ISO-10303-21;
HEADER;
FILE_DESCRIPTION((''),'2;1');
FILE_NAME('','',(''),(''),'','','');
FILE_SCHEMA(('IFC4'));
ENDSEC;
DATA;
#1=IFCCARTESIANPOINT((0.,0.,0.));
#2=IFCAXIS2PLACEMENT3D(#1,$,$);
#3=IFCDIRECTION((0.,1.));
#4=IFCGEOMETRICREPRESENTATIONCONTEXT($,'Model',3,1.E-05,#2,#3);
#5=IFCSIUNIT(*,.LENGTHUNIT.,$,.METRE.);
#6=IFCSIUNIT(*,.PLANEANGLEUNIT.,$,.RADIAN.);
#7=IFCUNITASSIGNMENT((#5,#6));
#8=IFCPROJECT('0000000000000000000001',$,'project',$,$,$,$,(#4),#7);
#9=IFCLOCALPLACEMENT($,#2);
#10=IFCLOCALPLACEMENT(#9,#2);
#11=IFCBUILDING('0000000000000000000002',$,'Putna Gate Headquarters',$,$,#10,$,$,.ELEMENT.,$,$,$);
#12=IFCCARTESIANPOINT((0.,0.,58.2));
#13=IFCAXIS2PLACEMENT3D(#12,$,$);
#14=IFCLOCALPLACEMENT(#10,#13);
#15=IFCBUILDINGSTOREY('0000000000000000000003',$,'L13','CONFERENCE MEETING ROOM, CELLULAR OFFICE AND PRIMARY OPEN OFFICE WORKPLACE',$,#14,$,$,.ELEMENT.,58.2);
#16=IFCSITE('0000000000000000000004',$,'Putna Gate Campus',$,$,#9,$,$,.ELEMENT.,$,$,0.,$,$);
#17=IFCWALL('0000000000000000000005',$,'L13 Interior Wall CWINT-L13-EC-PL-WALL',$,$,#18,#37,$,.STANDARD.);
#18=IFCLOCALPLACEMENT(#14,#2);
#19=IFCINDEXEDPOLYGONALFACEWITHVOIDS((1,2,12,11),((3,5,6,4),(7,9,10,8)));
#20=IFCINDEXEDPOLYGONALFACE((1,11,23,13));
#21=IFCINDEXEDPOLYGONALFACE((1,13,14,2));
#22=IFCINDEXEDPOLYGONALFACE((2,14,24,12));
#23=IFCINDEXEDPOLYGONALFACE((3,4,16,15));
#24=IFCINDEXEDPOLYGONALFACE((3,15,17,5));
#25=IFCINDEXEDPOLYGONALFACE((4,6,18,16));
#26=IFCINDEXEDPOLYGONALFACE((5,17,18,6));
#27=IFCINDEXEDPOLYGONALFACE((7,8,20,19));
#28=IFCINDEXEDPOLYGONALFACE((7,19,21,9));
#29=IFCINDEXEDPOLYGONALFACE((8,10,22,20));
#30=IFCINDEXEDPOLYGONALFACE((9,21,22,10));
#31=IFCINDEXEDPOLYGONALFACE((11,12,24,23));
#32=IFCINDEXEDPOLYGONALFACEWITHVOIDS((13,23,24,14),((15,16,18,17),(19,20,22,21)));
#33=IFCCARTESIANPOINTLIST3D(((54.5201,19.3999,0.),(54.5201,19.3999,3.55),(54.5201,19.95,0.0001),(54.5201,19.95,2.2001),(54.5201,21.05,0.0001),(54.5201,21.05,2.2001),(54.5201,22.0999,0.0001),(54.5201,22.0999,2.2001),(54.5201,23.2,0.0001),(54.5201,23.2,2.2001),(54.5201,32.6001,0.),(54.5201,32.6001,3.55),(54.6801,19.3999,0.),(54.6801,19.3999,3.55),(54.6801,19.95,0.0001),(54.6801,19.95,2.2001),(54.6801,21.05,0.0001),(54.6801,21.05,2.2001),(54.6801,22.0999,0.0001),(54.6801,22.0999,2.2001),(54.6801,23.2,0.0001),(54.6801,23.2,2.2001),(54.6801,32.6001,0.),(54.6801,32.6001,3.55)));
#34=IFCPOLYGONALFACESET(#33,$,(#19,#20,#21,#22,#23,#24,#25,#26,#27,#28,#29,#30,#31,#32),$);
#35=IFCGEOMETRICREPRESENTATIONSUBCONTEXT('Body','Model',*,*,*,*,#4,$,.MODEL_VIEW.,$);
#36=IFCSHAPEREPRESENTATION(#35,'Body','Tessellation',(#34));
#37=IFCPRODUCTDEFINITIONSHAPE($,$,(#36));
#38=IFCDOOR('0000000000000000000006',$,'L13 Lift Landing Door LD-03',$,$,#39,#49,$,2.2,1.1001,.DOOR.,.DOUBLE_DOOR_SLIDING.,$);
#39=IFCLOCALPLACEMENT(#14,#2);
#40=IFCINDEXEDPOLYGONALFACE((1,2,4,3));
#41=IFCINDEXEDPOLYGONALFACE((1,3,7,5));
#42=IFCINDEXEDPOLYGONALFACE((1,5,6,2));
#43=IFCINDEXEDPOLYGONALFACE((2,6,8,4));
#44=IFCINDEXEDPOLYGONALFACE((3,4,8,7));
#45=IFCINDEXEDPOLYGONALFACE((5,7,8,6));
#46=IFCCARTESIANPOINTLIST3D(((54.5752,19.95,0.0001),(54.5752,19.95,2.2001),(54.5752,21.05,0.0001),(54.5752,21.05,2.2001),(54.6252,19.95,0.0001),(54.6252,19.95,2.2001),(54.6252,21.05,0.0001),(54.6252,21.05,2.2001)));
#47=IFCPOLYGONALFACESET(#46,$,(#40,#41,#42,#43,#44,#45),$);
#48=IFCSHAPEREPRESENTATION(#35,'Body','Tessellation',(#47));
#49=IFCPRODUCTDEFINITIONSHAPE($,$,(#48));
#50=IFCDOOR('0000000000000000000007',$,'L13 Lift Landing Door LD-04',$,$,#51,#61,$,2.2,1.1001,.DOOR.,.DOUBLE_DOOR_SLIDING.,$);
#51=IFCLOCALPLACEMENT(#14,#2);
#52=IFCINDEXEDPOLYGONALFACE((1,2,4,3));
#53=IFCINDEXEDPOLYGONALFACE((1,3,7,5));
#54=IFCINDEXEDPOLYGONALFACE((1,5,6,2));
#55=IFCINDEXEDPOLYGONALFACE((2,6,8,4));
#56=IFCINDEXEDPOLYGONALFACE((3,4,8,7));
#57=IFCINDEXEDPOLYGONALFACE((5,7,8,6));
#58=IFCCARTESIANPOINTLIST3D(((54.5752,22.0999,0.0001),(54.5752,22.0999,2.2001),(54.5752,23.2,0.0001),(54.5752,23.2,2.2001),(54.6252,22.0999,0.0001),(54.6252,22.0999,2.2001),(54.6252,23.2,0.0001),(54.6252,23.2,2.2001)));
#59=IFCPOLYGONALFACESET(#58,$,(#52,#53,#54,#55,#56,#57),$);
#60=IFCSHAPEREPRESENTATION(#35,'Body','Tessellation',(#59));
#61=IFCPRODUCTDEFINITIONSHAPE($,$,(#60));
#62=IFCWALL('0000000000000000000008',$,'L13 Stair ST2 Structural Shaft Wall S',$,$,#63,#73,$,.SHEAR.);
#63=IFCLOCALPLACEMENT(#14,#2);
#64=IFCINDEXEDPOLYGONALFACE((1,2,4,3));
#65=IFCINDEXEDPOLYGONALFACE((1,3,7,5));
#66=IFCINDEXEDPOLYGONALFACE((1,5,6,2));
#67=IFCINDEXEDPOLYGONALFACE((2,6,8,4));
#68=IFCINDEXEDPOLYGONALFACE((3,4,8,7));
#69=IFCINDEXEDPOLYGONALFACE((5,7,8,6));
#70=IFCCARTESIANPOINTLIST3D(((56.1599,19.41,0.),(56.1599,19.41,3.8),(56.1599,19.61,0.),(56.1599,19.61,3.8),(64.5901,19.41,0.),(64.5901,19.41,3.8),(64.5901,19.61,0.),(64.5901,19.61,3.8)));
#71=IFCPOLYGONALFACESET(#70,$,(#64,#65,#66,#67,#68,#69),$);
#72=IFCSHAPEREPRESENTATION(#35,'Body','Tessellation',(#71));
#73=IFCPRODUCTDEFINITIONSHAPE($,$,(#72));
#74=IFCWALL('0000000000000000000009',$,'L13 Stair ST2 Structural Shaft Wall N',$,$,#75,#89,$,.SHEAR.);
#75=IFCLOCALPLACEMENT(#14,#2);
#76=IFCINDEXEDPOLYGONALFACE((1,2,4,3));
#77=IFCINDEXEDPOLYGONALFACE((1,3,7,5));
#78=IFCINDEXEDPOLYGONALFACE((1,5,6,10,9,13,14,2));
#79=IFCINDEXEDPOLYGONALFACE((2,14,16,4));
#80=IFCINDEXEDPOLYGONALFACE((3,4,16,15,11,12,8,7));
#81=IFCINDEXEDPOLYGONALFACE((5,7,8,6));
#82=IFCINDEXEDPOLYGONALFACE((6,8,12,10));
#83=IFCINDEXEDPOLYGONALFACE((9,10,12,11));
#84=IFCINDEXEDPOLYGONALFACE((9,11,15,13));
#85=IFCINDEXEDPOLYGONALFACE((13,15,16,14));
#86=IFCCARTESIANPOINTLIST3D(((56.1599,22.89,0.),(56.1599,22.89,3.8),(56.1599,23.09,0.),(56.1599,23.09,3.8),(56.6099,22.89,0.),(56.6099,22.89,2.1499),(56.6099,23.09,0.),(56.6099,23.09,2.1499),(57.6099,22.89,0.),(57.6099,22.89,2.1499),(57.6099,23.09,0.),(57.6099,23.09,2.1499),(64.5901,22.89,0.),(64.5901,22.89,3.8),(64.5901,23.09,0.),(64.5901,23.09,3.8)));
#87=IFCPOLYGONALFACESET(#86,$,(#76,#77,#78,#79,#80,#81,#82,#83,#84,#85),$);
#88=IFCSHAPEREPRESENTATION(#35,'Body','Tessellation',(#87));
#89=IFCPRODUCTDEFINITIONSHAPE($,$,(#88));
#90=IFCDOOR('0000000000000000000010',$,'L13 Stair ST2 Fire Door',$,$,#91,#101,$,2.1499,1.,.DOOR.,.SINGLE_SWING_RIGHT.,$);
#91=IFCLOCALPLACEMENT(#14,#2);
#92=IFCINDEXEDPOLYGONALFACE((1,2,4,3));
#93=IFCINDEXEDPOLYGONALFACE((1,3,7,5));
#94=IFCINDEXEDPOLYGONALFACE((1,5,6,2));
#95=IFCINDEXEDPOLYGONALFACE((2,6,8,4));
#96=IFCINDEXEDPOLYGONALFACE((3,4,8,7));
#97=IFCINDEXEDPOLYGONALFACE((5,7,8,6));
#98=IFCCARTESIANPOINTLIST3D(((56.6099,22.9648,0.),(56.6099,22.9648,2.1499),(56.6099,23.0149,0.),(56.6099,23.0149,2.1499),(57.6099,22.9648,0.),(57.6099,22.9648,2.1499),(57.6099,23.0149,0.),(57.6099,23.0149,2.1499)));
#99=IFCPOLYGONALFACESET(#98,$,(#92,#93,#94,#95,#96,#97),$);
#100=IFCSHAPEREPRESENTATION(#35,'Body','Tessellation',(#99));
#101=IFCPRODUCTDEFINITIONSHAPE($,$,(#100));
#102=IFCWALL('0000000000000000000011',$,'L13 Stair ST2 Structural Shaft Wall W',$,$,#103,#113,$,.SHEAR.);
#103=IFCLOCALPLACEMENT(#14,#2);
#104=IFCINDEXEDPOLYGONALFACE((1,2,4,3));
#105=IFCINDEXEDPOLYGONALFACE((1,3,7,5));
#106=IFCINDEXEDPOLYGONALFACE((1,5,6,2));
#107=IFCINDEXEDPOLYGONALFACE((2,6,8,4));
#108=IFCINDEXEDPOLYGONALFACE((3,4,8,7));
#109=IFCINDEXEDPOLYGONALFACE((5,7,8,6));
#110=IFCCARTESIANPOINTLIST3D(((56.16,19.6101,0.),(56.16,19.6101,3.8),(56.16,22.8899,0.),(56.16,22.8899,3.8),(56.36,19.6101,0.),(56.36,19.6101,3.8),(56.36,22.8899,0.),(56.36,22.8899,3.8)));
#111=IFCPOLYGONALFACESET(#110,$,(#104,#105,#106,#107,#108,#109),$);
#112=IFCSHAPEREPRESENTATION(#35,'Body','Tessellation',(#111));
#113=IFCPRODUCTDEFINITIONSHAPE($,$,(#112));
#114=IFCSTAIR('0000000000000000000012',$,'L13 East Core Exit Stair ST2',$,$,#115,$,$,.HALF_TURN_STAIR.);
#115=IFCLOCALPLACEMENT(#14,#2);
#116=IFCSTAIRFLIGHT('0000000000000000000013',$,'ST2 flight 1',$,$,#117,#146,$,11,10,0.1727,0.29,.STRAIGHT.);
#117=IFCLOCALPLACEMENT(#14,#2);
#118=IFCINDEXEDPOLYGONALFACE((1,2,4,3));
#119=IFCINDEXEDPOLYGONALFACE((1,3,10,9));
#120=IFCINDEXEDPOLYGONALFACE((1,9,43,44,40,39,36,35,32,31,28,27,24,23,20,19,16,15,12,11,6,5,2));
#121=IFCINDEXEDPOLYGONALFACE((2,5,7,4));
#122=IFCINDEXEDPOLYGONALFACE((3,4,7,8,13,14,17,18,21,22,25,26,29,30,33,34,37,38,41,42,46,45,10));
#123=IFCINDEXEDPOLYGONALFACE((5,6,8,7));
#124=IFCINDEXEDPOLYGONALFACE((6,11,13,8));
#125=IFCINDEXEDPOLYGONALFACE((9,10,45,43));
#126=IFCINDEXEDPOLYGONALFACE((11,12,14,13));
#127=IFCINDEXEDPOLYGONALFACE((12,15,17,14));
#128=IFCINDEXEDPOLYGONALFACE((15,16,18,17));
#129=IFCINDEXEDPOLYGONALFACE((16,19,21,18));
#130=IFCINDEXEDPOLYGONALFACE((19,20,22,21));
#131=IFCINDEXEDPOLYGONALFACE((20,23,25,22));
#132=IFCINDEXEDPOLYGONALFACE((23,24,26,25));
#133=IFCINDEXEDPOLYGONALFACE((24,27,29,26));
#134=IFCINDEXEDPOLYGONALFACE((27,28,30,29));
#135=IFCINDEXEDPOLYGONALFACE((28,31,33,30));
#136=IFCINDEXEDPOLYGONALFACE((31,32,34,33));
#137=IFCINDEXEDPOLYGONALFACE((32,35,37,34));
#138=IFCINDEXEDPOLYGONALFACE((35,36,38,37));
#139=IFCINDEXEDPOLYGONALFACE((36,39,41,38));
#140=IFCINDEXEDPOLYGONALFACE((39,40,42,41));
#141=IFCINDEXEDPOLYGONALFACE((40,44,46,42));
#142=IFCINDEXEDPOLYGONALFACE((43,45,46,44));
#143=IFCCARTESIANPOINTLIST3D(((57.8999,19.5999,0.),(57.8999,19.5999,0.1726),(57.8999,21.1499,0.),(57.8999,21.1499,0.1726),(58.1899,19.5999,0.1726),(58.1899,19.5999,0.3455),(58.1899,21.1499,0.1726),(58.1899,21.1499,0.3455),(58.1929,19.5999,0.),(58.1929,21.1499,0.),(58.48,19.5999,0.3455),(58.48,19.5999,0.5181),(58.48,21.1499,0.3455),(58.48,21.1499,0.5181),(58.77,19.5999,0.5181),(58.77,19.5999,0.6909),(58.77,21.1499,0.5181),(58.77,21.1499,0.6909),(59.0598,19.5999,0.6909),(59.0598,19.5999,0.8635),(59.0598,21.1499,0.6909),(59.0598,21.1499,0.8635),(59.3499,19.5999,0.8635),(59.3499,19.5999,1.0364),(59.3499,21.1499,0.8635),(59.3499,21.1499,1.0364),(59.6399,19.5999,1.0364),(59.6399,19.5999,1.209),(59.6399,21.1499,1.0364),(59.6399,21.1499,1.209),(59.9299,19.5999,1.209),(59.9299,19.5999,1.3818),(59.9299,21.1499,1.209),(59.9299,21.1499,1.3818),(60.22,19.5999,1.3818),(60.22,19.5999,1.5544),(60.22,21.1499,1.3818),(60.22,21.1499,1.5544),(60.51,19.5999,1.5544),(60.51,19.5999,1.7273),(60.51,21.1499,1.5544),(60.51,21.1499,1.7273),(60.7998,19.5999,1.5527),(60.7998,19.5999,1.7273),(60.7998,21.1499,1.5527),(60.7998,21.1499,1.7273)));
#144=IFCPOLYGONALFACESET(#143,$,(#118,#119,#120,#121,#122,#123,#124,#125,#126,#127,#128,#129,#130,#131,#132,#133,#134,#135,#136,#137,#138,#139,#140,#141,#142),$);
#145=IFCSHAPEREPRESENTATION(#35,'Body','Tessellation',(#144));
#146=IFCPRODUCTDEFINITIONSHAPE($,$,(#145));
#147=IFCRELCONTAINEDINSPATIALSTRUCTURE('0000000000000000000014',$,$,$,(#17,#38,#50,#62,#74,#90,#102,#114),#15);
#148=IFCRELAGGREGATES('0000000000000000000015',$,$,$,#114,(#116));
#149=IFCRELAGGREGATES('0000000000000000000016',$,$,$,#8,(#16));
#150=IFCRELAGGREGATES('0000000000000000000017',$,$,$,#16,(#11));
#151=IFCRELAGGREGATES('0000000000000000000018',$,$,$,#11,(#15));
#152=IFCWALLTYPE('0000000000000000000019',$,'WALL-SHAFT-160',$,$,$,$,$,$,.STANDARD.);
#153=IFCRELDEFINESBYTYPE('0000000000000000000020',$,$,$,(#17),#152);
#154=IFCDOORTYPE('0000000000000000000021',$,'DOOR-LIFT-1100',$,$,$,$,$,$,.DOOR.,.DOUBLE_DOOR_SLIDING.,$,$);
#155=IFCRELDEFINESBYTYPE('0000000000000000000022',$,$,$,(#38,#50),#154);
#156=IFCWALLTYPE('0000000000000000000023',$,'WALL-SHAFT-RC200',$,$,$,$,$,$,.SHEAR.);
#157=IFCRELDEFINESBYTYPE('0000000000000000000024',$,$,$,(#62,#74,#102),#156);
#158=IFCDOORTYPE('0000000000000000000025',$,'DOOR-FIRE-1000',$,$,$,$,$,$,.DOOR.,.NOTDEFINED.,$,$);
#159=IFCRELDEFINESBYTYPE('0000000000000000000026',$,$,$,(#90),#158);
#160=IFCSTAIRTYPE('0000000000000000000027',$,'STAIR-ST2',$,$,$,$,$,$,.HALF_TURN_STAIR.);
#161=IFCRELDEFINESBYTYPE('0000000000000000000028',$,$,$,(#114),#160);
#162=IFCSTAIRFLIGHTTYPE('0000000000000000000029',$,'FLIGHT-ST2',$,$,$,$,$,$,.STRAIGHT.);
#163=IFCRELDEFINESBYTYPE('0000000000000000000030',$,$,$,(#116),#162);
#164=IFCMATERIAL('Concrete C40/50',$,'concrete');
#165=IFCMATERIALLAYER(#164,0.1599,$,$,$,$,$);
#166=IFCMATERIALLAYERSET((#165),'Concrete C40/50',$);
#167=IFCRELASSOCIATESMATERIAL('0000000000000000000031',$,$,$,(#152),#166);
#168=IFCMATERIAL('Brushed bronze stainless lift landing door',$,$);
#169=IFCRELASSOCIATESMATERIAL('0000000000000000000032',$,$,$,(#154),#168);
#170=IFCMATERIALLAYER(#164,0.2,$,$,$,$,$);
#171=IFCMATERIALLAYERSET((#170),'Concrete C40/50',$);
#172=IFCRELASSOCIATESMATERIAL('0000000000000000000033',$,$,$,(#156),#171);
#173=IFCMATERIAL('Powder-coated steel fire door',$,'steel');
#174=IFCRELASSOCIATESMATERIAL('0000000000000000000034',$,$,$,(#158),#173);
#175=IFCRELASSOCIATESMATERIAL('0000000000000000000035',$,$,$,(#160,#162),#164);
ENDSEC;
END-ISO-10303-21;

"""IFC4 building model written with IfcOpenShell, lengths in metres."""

from ifc_helpers import new_model, si_unit, direction, frame, frame_2d, origin, place, context, subcontext, project, spatial, polyline, rectangle, outline, extrude, material, layer, layer_set, type_object, element, fill, aggregate, save


model = new_model("IFC4")

# Units and contexts
model_context = context("Model", 3, precision=1e-05, world=origin(), true_north=direction((0.0, 1.0)))
body_context = subcontext(model_context, "Body", "Model", "MODEL_VIEW")
ifc_project = project(units=[si_unit("LENGTHUNIT", "METRE"), si_unit("PLANEANGLEUNIT", "RADIAN")], contexts=[model_context])

# Site, building, storey
site_placement = place(None, origin())
site = spatial("IfcSite", under=ifc_project, at=site_placement, Name="Putna Gate Campus", CompositionType="ELEMENT", RefElevation=0.0)
building_placement = place(site_placement, origin())
building = spatial("IfcBuilding", under=site, at=building_placement, Name="Putna Gate Headquarters", CompositionType="ELEMENT")
storey_placement = place(building_placement, frame((0.0, 0.0, 58.2)))
storey = spatial("IfcBuildingStorey", under=building, at=storey_placement, Name="L13", Description="CONFERENCE MEETING ROOM, CELLULAR OFFICE AND PRIMARY OPEN OFFICE WORKPLACE", CompositionType="ELEMENT", Elevation=58.2)

# Wall, openings, doors
ifc_material_1 = material(Name="Concrete C40/50", Category="concrete")
ifc_layer_1 = layer(ifc_material_1, 0.1599)
ifc_layer_set_1 = layer_set([ifc_layer_1], Name="Concrete C40/50")
wall_type_1 = type_object("IfcWallType", Name="WALL-SHAFT-160", PredefinedType="STANDARD", material=ifc_layer_set_1)
wall_1_placement = place(storey_placement, frame((54.6001, 19.3999, 0.0), z_axis=(0.0, 0.0, 1.0), x_axis=(0.0, 1.0, 0.0)))
wall_1 = element("IfcWall", 1, at=wall_1_placement, inside=storey, type_object=wall_type_1, Name="L13 Interior Wall CWINT-L13-EC-PL-WALL", PredefinedType="STANDARD", context=body_context, shape_type="SweptSolid", body=[
    extrude(rectangle(XDim=13.2002, YDim=0.1599, at=frame_2d((6.6001, 0.0))), origin(), (0.0, 0.0, 1.0), 3.55),
])
opening_1_placement = place(wall_1_placement, frame((0.55, 0.0, 0.0)))
opening_1 = element("IfcOpeningElement", 2, at=opening_1_placement, cuts=wall_1, PredefinedType="OPENING", context=body_context, shape_type="SweptSolid", body=[
    extrude(rectangle(XDim=1.1001, YDim=2.2, at=frame_2d((0.55, 1.1001))), frame((0.0, 0.0898, 0.0), z_axis=(0.0, -1.0, 0.0), x_axis=(1.0, 0.0, 0.0)), (0.0, 0.0, 1.0), 0.1799),
])
opening_2_placement = place(wall_1_placement, frame((2.7, 0.0, 0.0)))
opening_2 = element("IfcOpeningElement", 3, at=opening_2_placement, cuts=wall_1, PredefinedType="OPENING", context=body_context, shape_type="SweptSolid", body=[
    extrude(rectangle(XDim=1.1001, YDim=2.2, at=frame_2d((0.55, 1.1001))), frame((0.0, 0.0898, 0.0), z_axis=(0.0, -1.0, 0.0), x_axis=(1.0, 0.0, 0.0)), (0.0, 0.0, 1.0), 0.1799),
])
ifc_material_2 = material(Name="Brushed bronze stainless lift landing door")
door_type_1 = type_object("IfcDoorType", Name="DOOR-LIFT-1100", OperationType="DOUBLE_DOOR_SLIDING", PredefinedType="DOOR", material=ifc_material_2)
door_1_placement = place(opening_1_placement, origin())
door_1 = element("IfcDoor", 4, at=door_1_placement, inside=storey, type_object=door_type_1, Name="L13 Lift Landing Door LD-03", OperationType="DOUBLE_DOOR_SLIDING", OverallHeight=2.2, OverallWidth=1.1001, PredefinedType="DOOR", context=body_context, shape_type="SweptSolid", body=[
    extrude(rectangle(XDim=1.1001, YDim=2.2, at=frame_2d((0.55, 1.1001))), frame((0.0, 0.0249, 0.0), z_axis=(0.0, -1.0, 0.0), x_axis=(1.0, 0.0, 0.0)), (0.0, 0.0, 1.0), 0.05),
])
fill(opening_1, door_1)
door_2_placement = place(opening_2_placement, origin())
door_2 = element("IfcDoor", 5, at=door_2_placement, inside=storey, type_object=door_type_1, Name="L13 Lift Landing Door LD-04", OperationType="DOUBLE_DOOR_SLIDING", OverallHeight=2.2, OverallWidth=1.1001, PredefinedType="DOOR", context=body_context, shape_type="SweptSolid", body=[
    extrude(rectangle(XDim=1.1001, YDim=2.2, at=frame_2d((0.55, 1.1001))), frame((0.0, 0.0249, 0.0), z_axis=(0.0, -1.0, 0.0), x_axis=(1.0, 0.0, 0.0)), (0.0, 0.0, 1.0), 0.05),
])
fill(opening_2, door_2)

# Wall
ifc_layer_2 = layer(ifc_material_1, 0.2)
ifc_layer_set_2 = layer_set([ifc_layer_2], Name="Concrete C40/50")
wall_type_2 = type_object("IfcWallType", Name="WALL-SHAFT-RC200", PredefinedType="SHEAR", material=ifc_layer_set_2)
wall_2_placement = place(storey_placement, frame((56.1599, 19.51, 0.0), z_axis=(0.0, 0.0, 1.0), x_axis=(1.0, 0.0, 0.0)))
element("IfcWall", 6, at=wall_2_placement, inside=storey, type_object=wall_type_2, Name="L13 Stair ST2 Structural Shaft Wall S", PredefinedType="SHEAR", context=body_context, shape_type="SweptSolid", body=[
    extrude(rectangle(XDim=8.4302, YDim=0.2, at=frame_2d((4.2151, 0.0))), origin(), (0.0, 0.0, 1.0), 3.8),
])

# Wall, opening, door
wall_3_placement = place(storey_placement, frame((56.1599, 22.99, 0.0), z_axis=(0.0, 0.0, 1.0), x_axis=(1.0, 0.0, 0.0)))
wall_3 = element("IfcWall", 7, at=wall_3_placement, inside=storey, type_object=wall_type_2, Name="L13 Stair ST2 Structural Shaft Wall N", PredefinedType="SHEAR", context=body_context, shape_type="SweptSolid", body=[
    extrude(rectangle(XDim=8.4302, YDim=0.2, at=frame_2d((4.2151, 0.0))), origin(), (0.0, 0.0, 1.0), 3.8),
])
opening_3_placement = place(wall_3_placement, frame((0.45, 0.0, 0.0)))
opening_3 = element("IfcOpeningElement", 8, at=opening_3_placement, cuts=wall_3, PredefinedType="OPENING", context=body_context, shape_type="SweptSolid", body=[
    extrude(rectangle(XDim=1.0, YDim=2.1499, at=frame_2d((0.5, 1.075))), frame((0.0, 0.1099, 0.0), z_axis=(0.0, -1.0, 0.0), x_axis=(1.0, 0.0, 0.0)), (0.0, 0.0, 1.0), 0.22),
])
ifc_material_3 = material(Name="Powder-coated steel fire door", Category="steel")
door_type_2 = type_object("IfcDoorType", Name="DOOR-FIRE-1000", OperationType="NOTDEFINED", PredefinedType="DOOR", material=ifc_material_3)
door_3_placement = place(opening_3_placement, origin())
door_3 = element("IfcDoor", 9, at=door_3_placement, inside=storey, type_object=door_type_2, Name="L13 Stair ST2 Fire Door", OperationType="SINGLE_SWING_RIGHT", OverallHeight=2.1499, OverallWidth=1.0, PredefinedType="DOOR", context=body_context, shape_type="SweptSolid", body=[
    extrude(rectangle(XDim=1.0, YDim=2.1499, at=frame_2d((0.5, 1.075))), frame((0.0, 0.0249, 0.0), z_axis=(0.0, -1.0, 0.0), x_axis=(1.0, 0.0, 0.0)), (0.0, 0.0, 1.0), 0.05),
])
fill(opening_3, door_3)

# Wall
wall_4_placement = place(storey_placement, frame((56.26, 19.6101, 0.0), z_axis=(0.0, 0.0, 1.0), x_axis=(0.0, 1.0, 0.0)))
element("IfcWall", 10, at=wall_4_placement, inside=storey, type_object=wall_type_2, Name="L13 Stair ST2 Structural Shaft Wall W", PredefinedType="SHEAR", context=body_context, shape_type="SweptSolid", body=[
    extrude(rectangle(XDim=3.2798, YDim=0.2, at=frame_2d((1.6399, 0.0))), origin(), (0.0, 0.0, 1.0), 3.8),
])

# Stair, stair flight
stair_type = type_object("IfcStairType", Name="STAIR-ST2", PredefinedType="HALF_TURN_STAIR", material=ifc_material_1)
stair_placement = place(storey_placement, origin())
stair = element("IfcStair", 11, at=stair_placement, inside=storey, type_object=stair_type, Name="L13 East Core Exit Stair ST2", PredefinedType="HALF_TURN_STAIR")
stair_flight_type = type_object("IfcStairFlightType", Name="FLIGHT-ST2", PredefinedType="STRAIGHT", material=ifc_material_1)
stair_flight_placement = place(storey_placement, frame((57.8999, 20.375, 0.0), z_axis=(0.0, 0.0, 1.0), x_axis=(1.0, 0.0, 0.0)))
stair_flight = element("IfcStairFlight", 12, at=stair_flight_placement, type_object=stair_flight_type, Name="ST2 flight 1", NumberOfRisers=11, NumberOfTreads=10, PredefinedType="STRAIGHT", RiserHeight=0.1727, TreadLength=0.29, context=body_context, shape_type="SweptSolid", body=[
    extrude(outline(polyline([(0.0, 0.0), (0.0, 0.1726), (0.29, 0.1726), (0.29, 0.3455), (0.5801, 0.3455), (0.5801, 0.5181), (0.8701, 0.5181), (0.8701, 0.6909), (1.1599, 0.6909), (1.1599, 0.8635), (1.45, 0.8635), (1.45, 1.0364), (1.74, 1.0364), (1.74, 1.209), (2.03, 1.209), (2.03, 1.3818), (2.3201, 1.3818), (2.3201, 1.5544), (2.6101, 1.5544), (2.6101, 1.7273), (2.8999, 1.7273), (2.8999, 1.8999), (2.8999, 1.5527), (0.293, 0.0), (0.0, 0.0)])), frame((0.0, 0.7749, 0.0), z_axis=(0.0, -1.0, 0.0), x_axis=(1.0, 0.0, 0.0)), (0.0, 0.0, 1.0), 1.55),
])
aggregate(stair, [stair_flight])

save(model, "model.ifc")
